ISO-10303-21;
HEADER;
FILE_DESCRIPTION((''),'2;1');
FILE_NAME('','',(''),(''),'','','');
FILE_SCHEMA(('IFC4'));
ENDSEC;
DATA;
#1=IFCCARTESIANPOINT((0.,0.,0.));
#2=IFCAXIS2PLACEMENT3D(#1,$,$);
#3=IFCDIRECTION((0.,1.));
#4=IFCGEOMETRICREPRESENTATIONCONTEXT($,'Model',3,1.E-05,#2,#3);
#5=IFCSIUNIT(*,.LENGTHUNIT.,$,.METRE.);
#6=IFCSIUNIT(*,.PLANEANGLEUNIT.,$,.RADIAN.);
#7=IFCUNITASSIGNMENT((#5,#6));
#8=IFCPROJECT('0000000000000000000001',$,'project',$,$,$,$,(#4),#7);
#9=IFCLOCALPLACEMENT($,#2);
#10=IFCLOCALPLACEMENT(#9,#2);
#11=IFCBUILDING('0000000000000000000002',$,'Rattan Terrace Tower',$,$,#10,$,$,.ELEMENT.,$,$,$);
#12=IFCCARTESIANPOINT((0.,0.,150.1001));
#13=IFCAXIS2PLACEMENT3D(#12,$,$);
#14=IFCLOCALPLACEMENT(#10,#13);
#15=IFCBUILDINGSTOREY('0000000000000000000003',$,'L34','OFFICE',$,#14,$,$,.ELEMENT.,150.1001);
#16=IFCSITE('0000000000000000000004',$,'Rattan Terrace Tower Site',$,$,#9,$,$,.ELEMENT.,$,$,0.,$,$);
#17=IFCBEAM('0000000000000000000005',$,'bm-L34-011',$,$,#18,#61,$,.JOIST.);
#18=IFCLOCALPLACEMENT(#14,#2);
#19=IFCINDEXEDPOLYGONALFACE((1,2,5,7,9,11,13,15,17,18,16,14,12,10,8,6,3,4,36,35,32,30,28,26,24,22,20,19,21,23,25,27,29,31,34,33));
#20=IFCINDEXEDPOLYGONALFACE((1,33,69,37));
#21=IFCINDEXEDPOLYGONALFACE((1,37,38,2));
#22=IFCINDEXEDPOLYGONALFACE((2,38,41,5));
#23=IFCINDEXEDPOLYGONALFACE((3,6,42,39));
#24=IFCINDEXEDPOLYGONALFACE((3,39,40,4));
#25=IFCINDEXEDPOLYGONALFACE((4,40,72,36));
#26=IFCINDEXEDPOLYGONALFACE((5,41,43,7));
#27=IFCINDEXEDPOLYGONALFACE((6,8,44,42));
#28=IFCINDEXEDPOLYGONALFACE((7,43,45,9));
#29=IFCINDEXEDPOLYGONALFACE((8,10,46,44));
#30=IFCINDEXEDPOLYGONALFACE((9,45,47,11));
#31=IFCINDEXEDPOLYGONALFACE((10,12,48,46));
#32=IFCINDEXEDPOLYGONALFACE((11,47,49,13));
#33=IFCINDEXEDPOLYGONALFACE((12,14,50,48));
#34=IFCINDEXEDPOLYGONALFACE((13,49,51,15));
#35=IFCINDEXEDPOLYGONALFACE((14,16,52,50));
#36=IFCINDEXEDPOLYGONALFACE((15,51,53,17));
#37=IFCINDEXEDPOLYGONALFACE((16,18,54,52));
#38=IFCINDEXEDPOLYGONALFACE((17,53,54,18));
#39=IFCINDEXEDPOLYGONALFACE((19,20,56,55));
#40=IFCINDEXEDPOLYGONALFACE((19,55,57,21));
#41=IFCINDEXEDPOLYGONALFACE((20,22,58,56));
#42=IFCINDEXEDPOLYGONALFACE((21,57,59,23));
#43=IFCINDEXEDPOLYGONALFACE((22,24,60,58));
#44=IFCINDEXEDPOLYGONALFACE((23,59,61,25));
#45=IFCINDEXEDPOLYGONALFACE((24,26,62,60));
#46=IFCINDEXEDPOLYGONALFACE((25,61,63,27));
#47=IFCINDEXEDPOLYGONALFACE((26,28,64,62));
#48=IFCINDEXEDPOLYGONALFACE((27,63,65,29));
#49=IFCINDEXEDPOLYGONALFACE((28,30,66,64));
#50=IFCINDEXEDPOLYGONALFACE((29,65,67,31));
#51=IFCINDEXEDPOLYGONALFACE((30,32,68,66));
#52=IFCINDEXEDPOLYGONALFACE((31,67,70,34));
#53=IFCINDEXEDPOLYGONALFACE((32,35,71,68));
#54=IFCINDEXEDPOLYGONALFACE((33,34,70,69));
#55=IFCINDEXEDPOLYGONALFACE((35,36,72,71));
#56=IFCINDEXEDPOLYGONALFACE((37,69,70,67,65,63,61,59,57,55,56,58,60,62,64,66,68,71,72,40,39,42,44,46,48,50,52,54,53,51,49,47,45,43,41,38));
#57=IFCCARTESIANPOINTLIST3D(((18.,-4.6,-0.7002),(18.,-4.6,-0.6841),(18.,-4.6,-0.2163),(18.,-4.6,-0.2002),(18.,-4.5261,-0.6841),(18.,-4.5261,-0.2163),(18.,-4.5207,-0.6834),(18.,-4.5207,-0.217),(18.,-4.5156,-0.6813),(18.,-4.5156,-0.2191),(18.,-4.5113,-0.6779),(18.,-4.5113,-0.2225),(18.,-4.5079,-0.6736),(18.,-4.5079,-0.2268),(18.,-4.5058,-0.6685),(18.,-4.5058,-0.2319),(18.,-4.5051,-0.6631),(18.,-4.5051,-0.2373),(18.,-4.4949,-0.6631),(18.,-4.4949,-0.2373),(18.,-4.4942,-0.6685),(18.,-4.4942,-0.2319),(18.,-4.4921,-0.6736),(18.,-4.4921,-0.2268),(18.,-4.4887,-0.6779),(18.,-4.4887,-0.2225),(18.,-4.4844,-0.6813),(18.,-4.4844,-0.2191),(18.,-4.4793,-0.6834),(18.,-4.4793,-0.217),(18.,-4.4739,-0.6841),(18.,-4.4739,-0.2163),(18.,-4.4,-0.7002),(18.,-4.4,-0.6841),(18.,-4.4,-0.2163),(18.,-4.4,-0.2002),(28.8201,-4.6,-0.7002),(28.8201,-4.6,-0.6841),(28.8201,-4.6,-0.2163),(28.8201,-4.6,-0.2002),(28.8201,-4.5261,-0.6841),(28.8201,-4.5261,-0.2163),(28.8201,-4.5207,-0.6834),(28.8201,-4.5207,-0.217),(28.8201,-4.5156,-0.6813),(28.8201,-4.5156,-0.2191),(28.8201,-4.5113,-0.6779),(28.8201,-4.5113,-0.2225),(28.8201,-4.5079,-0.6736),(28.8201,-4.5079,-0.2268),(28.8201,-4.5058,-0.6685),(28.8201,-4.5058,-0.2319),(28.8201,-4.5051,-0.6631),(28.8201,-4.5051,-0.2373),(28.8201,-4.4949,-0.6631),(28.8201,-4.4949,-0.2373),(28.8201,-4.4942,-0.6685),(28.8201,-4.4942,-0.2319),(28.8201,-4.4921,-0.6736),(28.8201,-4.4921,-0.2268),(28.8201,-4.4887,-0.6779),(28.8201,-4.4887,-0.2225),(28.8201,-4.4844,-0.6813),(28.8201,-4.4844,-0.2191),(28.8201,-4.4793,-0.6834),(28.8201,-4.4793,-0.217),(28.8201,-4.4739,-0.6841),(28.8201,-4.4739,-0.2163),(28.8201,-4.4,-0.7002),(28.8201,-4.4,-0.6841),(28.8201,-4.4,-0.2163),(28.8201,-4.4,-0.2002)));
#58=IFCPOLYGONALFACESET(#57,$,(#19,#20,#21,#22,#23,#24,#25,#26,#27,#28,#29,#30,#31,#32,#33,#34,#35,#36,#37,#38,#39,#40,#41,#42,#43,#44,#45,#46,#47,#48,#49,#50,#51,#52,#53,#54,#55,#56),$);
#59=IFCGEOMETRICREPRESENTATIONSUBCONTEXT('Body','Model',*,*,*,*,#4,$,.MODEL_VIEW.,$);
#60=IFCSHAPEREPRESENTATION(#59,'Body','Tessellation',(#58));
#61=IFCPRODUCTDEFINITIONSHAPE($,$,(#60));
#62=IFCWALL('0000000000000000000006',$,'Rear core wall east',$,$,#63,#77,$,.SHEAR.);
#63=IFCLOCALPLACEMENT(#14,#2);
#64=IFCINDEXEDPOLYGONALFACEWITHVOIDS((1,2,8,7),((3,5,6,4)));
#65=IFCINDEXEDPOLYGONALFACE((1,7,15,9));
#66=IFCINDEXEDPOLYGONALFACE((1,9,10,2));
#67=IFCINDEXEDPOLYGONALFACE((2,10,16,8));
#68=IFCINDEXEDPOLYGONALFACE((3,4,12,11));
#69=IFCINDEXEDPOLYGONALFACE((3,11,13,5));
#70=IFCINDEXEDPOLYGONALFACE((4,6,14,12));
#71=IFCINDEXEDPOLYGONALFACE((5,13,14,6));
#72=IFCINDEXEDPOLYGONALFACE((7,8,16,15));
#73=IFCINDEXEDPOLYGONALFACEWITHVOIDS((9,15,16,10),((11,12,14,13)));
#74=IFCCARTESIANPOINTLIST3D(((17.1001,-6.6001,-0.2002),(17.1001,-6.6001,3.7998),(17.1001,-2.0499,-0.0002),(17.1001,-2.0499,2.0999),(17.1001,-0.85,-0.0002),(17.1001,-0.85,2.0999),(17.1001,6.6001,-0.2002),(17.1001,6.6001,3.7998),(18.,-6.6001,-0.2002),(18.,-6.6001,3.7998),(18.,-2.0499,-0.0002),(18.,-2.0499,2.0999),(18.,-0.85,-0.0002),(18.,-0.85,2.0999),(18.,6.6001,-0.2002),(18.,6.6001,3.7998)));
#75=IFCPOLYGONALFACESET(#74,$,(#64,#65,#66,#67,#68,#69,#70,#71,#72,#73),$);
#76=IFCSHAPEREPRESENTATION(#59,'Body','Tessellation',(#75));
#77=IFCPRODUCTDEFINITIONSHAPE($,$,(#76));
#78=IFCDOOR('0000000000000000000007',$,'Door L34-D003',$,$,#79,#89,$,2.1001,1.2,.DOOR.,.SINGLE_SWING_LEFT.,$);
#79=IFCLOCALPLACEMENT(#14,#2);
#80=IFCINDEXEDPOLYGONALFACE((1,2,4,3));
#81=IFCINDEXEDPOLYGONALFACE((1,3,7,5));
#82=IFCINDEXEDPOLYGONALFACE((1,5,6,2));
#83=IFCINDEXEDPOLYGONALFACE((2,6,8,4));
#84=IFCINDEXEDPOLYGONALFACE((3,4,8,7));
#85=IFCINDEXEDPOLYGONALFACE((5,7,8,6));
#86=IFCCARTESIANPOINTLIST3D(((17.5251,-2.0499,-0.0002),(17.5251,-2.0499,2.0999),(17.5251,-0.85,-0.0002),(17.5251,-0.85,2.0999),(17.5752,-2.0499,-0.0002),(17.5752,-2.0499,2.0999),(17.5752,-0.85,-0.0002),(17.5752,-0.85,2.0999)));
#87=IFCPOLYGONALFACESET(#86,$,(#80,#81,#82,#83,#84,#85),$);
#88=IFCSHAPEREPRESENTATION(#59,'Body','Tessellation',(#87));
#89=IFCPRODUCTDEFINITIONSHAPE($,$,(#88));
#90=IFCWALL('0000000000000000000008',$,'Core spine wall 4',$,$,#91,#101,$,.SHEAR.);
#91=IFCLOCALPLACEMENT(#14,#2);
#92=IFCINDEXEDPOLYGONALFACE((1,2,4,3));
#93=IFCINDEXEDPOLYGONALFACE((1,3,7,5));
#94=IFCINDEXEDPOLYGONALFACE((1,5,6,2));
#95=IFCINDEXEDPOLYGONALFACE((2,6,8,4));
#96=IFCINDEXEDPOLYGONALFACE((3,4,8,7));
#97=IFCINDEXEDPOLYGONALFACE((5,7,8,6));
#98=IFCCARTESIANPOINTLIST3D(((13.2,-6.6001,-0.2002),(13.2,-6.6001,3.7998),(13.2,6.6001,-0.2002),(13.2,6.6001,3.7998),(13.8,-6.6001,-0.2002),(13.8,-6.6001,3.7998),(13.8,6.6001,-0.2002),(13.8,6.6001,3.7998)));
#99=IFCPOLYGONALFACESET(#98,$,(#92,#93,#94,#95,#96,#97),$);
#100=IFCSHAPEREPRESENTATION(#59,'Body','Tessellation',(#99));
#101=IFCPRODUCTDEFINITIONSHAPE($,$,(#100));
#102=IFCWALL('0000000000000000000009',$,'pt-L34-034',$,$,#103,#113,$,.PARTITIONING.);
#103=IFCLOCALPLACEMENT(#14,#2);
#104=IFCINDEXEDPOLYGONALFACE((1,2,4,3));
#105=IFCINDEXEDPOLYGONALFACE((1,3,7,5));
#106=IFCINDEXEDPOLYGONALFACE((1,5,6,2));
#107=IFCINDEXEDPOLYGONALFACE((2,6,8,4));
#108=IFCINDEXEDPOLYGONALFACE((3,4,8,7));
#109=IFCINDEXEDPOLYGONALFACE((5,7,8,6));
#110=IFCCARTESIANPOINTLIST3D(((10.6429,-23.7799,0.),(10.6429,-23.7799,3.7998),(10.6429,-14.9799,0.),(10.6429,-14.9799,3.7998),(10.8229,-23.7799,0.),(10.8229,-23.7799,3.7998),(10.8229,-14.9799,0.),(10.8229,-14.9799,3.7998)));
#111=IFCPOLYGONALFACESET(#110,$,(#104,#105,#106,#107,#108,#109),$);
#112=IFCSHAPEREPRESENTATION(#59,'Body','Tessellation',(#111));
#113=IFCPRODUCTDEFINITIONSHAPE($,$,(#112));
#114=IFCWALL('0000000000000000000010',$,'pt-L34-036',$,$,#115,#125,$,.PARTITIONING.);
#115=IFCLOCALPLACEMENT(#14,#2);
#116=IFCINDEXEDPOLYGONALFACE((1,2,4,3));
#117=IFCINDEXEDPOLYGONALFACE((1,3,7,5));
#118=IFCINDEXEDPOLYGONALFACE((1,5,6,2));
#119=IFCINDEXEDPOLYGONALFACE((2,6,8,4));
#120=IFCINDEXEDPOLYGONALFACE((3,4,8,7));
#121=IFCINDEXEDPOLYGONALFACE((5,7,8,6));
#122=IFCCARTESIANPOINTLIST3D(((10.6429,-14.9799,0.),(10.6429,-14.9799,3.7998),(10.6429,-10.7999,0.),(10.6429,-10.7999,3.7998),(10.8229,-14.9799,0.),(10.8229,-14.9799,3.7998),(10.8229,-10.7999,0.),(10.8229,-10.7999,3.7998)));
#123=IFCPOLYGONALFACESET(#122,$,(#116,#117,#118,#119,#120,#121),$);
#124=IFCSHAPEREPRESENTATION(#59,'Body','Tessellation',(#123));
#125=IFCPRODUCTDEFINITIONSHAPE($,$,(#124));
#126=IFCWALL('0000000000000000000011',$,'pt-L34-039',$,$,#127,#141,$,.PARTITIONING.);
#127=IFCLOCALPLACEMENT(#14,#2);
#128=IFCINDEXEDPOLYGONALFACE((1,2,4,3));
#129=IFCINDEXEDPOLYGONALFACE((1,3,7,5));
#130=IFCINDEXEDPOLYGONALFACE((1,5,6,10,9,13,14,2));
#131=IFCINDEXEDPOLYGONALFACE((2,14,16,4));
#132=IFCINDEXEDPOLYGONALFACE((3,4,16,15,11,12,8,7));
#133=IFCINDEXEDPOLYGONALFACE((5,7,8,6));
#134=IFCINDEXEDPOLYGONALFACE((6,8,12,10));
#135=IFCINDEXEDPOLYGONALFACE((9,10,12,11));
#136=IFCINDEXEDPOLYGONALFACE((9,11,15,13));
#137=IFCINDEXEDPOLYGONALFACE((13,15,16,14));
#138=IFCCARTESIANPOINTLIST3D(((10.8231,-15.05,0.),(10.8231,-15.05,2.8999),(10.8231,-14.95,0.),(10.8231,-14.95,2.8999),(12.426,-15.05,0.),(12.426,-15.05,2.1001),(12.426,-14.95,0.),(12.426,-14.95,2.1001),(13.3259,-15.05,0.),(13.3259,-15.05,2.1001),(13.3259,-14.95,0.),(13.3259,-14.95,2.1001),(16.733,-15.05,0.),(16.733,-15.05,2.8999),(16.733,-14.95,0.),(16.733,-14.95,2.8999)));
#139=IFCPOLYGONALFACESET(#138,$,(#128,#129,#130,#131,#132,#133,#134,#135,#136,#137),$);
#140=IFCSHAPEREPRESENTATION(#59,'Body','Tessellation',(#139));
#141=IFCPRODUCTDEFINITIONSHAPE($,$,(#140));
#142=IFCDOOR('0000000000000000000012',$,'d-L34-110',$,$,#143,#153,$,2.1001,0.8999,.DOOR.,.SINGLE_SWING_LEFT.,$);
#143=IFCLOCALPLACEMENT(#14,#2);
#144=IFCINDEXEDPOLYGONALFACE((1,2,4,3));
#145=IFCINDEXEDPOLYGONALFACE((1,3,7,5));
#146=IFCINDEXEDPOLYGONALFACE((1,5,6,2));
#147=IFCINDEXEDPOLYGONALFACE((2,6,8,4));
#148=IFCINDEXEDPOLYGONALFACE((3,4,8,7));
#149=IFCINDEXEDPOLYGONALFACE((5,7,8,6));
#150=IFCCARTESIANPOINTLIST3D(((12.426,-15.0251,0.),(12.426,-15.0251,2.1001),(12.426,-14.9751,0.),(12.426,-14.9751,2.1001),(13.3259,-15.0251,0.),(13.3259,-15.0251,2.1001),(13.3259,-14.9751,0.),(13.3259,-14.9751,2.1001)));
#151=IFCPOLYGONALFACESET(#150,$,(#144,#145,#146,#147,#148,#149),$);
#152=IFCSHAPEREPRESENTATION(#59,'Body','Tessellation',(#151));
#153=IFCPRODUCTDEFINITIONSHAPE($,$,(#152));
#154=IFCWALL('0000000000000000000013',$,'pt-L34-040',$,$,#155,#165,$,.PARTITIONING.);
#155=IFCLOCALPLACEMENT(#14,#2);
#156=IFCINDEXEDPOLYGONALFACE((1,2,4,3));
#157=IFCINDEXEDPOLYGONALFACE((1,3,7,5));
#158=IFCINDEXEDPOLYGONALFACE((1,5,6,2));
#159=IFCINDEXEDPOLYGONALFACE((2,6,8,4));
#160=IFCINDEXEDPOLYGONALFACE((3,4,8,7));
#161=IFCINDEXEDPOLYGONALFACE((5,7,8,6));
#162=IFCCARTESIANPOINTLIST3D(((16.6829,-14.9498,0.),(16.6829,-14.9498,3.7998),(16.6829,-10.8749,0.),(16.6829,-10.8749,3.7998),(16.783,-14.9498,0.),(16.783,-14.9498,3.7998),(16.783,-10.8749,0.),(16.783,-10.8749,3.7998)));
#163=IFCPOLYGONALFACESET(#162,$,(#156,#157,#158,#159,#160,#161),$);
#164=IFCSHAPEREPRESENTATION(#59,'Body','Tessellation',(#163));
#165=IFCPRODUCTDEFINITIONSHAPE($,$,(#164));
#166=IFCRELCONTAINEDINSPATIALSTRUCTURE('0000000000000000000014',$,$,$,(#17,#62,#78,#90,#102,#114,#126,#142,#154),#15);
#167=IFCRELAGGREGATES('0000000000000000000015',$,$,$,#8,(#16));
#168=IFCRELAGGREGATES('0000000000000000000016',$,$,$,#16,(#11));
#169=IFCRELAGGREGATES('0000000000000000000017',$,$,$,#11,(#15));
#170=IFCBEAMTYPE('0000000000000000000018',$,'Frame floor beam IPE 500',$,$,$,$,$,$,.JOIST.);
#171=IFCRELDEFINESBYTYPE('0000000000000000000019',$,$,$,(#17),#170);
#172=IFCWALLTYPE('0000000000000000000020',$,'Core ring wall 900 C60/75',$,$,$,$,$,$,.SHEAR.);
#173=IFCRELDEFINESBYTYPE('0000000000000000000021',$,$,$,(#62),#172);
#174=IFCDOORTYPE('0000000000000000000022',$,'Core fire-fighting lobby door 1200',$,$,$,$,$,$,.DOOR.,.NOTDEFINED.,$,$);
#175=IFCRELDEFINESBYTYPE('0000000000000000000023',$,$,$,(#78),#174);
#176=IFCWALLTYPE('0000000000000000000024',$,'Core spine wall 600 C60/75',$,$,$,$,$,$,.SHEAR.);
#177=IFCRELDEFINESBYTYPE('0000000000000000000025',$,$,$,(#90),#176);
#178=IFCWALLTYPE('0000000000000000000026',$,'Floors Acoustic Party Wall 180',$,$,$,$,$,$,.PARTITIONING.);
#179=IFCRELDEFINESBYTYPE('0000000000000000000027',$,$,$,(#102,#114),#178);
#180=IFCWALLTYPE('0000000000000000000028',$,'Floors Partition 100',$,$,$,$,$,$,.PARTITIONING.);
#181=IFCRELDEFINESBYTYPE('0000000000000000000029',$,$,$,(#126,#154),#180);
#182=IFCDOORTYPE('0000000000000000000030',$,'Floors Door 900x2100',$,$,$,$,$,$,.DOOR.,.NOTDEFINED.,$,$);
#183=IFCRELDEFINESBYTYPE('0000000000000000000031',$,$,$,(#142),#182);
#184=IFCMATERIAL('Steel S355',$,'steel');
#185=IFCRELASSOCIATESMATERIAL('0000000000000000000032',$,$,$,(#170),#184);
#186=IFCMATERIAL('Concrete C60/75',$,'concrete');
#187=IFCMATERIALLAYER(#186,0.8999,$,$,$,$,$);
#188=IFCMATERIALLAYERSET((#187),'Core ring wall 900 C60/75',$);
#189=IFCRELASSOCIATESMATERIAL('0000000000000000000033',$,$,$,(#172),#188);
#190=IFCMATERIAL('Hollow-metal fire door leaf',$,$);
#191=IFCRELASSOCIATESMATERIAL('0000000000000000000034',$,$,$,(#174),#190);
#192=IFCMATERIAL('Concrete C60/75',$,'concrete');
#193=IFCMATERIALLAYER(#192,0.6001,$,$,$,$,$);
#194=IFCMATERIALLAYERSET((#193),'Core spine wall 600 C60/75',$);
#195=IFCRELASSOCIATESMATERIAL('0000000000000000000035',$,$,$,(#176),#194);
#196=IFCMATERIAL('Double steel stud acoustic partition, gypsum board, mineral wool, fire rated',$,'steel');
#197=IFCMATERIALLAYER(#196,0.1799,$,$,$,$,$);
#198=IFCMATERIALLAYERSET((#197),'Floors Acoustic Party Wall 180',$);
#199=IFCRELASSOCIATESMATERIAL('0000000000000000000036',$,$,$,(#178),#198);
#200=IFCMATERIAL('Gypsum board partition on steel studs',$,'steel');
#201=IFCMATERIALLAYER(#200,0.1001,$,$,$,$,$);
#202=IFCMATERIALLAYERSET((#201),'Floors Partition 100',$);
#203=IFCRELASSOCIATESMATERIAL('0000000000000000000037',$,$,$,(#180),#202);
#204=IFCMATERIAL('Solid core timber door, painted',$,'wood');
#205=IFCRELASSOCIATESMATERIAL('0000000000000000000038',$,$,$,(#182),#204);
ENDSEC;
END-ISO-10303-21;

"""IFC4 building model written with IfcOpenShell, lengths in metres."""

from ifc_helpers import new_model, si_unit, direction, frame, frame_2d, origin, origin_2d, place, context, subcontext, project, spatial, rectangle, i_section, extrude, material, layer, layer_set, material_profile, profile_set, type_object, element, fill, save


model = new_model("IFC4")

# Units and contexts
model_context = context("Model", 3, precision=1e-05, world=origin(), true_north=direction((0.0, 1.0)))
body_context = subcontext(model_context, "Body", "Model", "MODEL_VIEW")
ifc_project = project(units=[si_unit("LENGTHUNIT", "METRE"), si_unit("PLANEANGLEUNIT", "RADIAN")], contexts=[model_context])

# Site, building, storey
site_placement = place(None, origin())
site = spatial("IfcSite", under=ifc_project, at=site_placement, Name="Rattan Terrace Tower Site", CompositionType="ELEMENT", RefElevation=0.0)
building_placement = place(site_placement, origin())
building = spatial("IfcBuilding", under=site, at=building_placement, Name="Rattan Terrace Tower", CompositionType="ELEMENT")
storey_placement = place(building_placement, frame((0.0, 0.0, 150.1001)))
storey = spatial("IfcBuildingStorey", under=building, at=storey_placement, Name="L34", Description="OFFICE", CompositionType="ELEMENT", Elevation=150.1001)

# Beam
ifc_material_1 = material(Name="Steel S355", Category="steel")
ifc_material_profile = material_profile(ifc_material_1, i_section(OverallWidth=0.2, OverallDepth=0.5, WebThickness=0.0103, FlangeThickness=0.0161, FilletRadius=0.021, at=origin_2d()), Name="IPE 500")
ifc_profile_set = profile_set([ifc_material_profile], Name="Steel S355")
beam_type = type_object("IfcBeamType", Name="Frame floor beam IPE 500", PredefinedType="JOIST", material=ifc_profile_set)
beam_placement = place(storey_placement, frame((18.0, -4.5, -0.4502), z_axis=(1.0, 0.0, 0.0), x_axis=(0.0, 1.0, 0.0)))
element("IfcBeam", 1, at=beam_placement, inside=storey, type_object=beam_type, Name="bm-L34-011", PredefinedType="JOIST", context=body_context, shape_type="SweptSolid", body=[
    extrude(i_section(OverallWidth=0.2, OverallDepth=0.5, WebThickness=0.0103, FlangeThickness=0.0161, FilletRadius=0.021, at=origin_2d()), origin(), (0.0, 0.0, 1.0), 10.8201),
])

# Wall, opening, door
ifc_material_2 = material(Name="Concrete C60/75", Category="concrete")
ifc_layer_1 = layer(ifc_material_2, 0.8999)
ifc_layer_set_1 = layer_set([ifc_layer_1], Name="Core ring wall 900 C60/75")
wall_type_1 = type_object("IfcWallType", Name="Core ring wall 900 C60/75", PredefinedType="SHEAR", material=ifc_layer_set_1)
wall_1_placement = place(storey_placement, frame((17.55, -6.6001, -0.2002), z_axis=(0.0, 0.0, 1.0), x_axis=(0.0, 1.0, 0.0)))
wall_1 = element("IfcWall", 2, at=wall_1_placement, inside=storey, type_object=wall_type_1, Name="Rear core wall east", PredefinedType="SHEAR", context=body_context, shape_type="SweptSolid", body=[
    extrude(rectangle(XDim=13.2002, YDim=0.8999, at=frame_2d((6.6001, 0.0))), origin(), (0.0, 0.0, 1.0), 4.0),
])
opening_1_placement = place(wall_1_placement, frame((4.55, 0.0, 0.2)))
opening_1 = element("IfcOpeningElement", 3, at=opening_1_placement, cuts=wall_1, PredefinedType="OPENING", context=body_context, shape_type="SweptSolid", body=[
    extrude(rectangle(XDim=1.2, YDim=2.1001, at=frame_2d((0.6001, 1.05))), frame((0.0, 0.4604, 0.0), z_axis=(0.0, -1.0, 0.0), x_axis=(1.0, 0.0, 0.0)), (0.0, 0.0, 1.0), 0.9209),
])
ifc_material_3 = material(Name="Hollow-metal fire door leaf")
door_type_1 = type_object("IfcDoorType", Name="Core fire-fighting lobby door 1200", OperationType="NOTDEFINED", PredefinedType="DOOR", material=ifc_material_3)
door_1_placement = place(opening_1_placement, origin())
door_1 = element("IfcDoor", 4, at=door_1_placement, inside=storey, type_object=door_type_1, Name="Door L34-D003", OperationType="SINGLE_SWING_LEFT", OverallHeight=2.1001, OverallWidth=1.2, PredefinedType="DOOR", context=body_context, shape_type="SweptSolid", body=[
    extrude(rectangle(XDim=1.2, YDim=2.1001, at=frame_2d((0.6001, 1.05))), frame((0.0, 0.0249, 0.0), z_axis=(0.0, -1.0, 0.0), x_axis=(1.0, 0.0, 0.0)), (0.0, 0.0, 1.0), 0.05),
])
fill(opening_1, door_1)

# Walls
ifc_material_4 = material(Name="Concrete C60/75", Category="concrete")
ifc_layer_2 = layer(ifc_material_4, 0.6001)
ifc_layer_set_2 = layer_set([ifc_layer_2], Name="Core spine wall 600 C60/75")
wall_type_2 = type_object("IfcWallType", Name="Core spine wall 600 C60/75", PredefinedType="SHEAR", material=ifc_layer_set_2)
wall_2_placement = place(storey_placement, frame((13.5, -6.6001, -0.2002), z_axis=(0.0, 0.0, 1.0), x_axis=(0.0, 1.0, 0.0)))
element("IfcWall", 5, at=wall_2_placement, inside=storey, type_object=wall_type_2, Name="Core spine wall 4", PredefinedType="SHEAR", context=body_context, shape_type="SweptSolid", body=[
    extrude(rectangle(XDim=13.2002, YDim=0.6001, at=frame_2d((6.6001, 0.0))), origin(), (0.0, 0.0, 1.0), 4.0),
])
ifc_material_5 = material(Name="Double steel stud acoustic partition, gypsum board, mineral wool, fire rated", Category="steel")
ifc_layer_3 = layer(ifc_material_5, 0.1799)
ifc_layer_set_3 = layer_set([ifc_layer_3], Name="Floors Acoustic Party Wall 180")
wall_type_3 = type_object("IfcWallType", Name="Floors Acoustic Party Wall 180", PredefinedType="PARTITIONING", material=ifc_layer_set_3)
wall_3_placement = place(storey_placement, frame((10.7329, -14.98, 0.0), z_axis=(0.0, 0.0, 1.0), x_axis=(0.0, -1.0, 0.0)))
element("IfcWall", 6, at=wall_3_placement, inside=storey, type_object=wall_type_3, Name="pt-L34-034", PredefinedType="PARTITIONING", context=body_context, shape_type="SweptSolid", body=[
    extrude(rectangle(XDim=8.8, YDim=0.1799, at=frame_2d((4.3999, 0.0))), origin(), (0.0, 0.0, 1.0), 3.7998),
])
wall_4_placement = place(storey_placement, frame((10.7329, -10.8, 0.0), z_axis=(0.0, 0.0, 1.0), x_axis=(0.0, -1.0, 0.0)))
element("IfcWall", 7, at=wall_4_placement, inside=storey, type_object=wall_type_3, Name="pt-L34-036", PredefinedType="PARTITIONING", context=body_context, shape_type="SweptSolid", body=[
    extrude(rectangle(XDim=4.1799, YDim=0.1799, at=frame_2d((2.0898, 0.0))), origin(), (0.0, 0.0, 1.0), 3.7998),
])

# Wall, opening, door
ifc_material_6 = material(Name="Gypsum board partition on steel studs", Category="steel")
ifc_layer_4 = layer(ifc_material_6, 0.1001)
ifc_layer_set_4 = layer_set([ifc_layer_4], Name="Floors Partition 100")
wall_type_4 = type_object("IfcWallType", Name="Floors Partition 100", PredefinedType="PARTITIONING", material=ifc_layer_set_4)
wall_5_placement = place(storey_placement, frame((10.823, -15.0, 0.0), z_axis=(0.0, 0.0, 1.0), x_axis=(1.0, 0.0, 0.0)))
wall_5 = element("IfcWall", 8, at=wall_5_placement, inside=storey, type_object=wall_type_4, Name="pt-L34-039", PredefinedType="PARTITIONING", context=body_context, shape_type="SweptSolid", body=[
    extrude(rectangle(XDim=5.9099, YDim=0.1001, at=frame_2d((2.9551, 0.0))), origin(), (0.0, 0.0, 1.0), 2.8999),
])
opening_2_placement = place(wall_5_placement, frame((1.603, 0.0, 0.0)))
opening_2 = element("IfcOpeningElement", 9, at=opening_2_placement, cuts=wall_5, PredefinedType="OPENING", context=body_context, shape_type="SweptSolid", body=[
    extrude(rectangle(XDim=0.8999, YDim=2.1001, at=frame_2d((0.45, 1.05))), frame((0.0, 0.0605, 0.0), z_axis=(0.0, -1.0, 0.0), x_axis=(1.0, 0.0, 0.0)), (0.0, 0.0, 1.0), 0.1211),
])
ifc_material_7 = material(Name="Solid core timber door, painted", Category="wood")
door_type_2 = type_object("IfcDoorType", Name="Floors Door 900x2100", OperationType="NOTDEFINED", PredefinedType="DOOR", material=ifc_material_7)
door_2_placement = place(opening_2_placement, origin())
door_2 = element("IfcDoor", 10, at=door_2_placement, inside=storey, type_object=door_type_2, Name="d-L34-110", OperationType="SINGLE_SWING_LEFT", OverallHeight=2.1001, OverallWidth=0.8999, PredefinedType="DOOR", context=body_context, shape_type="SweptSolid", body=[
    extrude(rectangle(XDim=0.8999, YDim=2.1001, at=frame_2d((0.45, 1.05))), frame((0.0, 0.0249, 0.0), z_axis=(0.0, -1.0, 0.0), x_axis=(1.0, 0.0, 0.0)), (0.0, 0.0, 1.0), 0.05),
])
fill(opening_2, door_2)

# Wall
wall_6_placement = place(storey_placement, frame((16.7329, -14.95, 0.0), z_axis=(0.0, 0.0, 1.0), x_axis=(0.0, 1.0, 0.0)))
element("IfcWall", 11, at=wall_6_placement, inside=storey, type_object=wall_type_4, Name="pt-L34-040", PredefinedType="PARTITIONING", context=body_context, shape_type="SweptSolid", body=[
    extrude(rectangle(XDim=4.075, YDim=0.1001, at=frame_2d((2.0376, 0.0))), origin(), (0.0, 0.0, 1.0), 3.7998),
])

save(model, "model.ifc")
